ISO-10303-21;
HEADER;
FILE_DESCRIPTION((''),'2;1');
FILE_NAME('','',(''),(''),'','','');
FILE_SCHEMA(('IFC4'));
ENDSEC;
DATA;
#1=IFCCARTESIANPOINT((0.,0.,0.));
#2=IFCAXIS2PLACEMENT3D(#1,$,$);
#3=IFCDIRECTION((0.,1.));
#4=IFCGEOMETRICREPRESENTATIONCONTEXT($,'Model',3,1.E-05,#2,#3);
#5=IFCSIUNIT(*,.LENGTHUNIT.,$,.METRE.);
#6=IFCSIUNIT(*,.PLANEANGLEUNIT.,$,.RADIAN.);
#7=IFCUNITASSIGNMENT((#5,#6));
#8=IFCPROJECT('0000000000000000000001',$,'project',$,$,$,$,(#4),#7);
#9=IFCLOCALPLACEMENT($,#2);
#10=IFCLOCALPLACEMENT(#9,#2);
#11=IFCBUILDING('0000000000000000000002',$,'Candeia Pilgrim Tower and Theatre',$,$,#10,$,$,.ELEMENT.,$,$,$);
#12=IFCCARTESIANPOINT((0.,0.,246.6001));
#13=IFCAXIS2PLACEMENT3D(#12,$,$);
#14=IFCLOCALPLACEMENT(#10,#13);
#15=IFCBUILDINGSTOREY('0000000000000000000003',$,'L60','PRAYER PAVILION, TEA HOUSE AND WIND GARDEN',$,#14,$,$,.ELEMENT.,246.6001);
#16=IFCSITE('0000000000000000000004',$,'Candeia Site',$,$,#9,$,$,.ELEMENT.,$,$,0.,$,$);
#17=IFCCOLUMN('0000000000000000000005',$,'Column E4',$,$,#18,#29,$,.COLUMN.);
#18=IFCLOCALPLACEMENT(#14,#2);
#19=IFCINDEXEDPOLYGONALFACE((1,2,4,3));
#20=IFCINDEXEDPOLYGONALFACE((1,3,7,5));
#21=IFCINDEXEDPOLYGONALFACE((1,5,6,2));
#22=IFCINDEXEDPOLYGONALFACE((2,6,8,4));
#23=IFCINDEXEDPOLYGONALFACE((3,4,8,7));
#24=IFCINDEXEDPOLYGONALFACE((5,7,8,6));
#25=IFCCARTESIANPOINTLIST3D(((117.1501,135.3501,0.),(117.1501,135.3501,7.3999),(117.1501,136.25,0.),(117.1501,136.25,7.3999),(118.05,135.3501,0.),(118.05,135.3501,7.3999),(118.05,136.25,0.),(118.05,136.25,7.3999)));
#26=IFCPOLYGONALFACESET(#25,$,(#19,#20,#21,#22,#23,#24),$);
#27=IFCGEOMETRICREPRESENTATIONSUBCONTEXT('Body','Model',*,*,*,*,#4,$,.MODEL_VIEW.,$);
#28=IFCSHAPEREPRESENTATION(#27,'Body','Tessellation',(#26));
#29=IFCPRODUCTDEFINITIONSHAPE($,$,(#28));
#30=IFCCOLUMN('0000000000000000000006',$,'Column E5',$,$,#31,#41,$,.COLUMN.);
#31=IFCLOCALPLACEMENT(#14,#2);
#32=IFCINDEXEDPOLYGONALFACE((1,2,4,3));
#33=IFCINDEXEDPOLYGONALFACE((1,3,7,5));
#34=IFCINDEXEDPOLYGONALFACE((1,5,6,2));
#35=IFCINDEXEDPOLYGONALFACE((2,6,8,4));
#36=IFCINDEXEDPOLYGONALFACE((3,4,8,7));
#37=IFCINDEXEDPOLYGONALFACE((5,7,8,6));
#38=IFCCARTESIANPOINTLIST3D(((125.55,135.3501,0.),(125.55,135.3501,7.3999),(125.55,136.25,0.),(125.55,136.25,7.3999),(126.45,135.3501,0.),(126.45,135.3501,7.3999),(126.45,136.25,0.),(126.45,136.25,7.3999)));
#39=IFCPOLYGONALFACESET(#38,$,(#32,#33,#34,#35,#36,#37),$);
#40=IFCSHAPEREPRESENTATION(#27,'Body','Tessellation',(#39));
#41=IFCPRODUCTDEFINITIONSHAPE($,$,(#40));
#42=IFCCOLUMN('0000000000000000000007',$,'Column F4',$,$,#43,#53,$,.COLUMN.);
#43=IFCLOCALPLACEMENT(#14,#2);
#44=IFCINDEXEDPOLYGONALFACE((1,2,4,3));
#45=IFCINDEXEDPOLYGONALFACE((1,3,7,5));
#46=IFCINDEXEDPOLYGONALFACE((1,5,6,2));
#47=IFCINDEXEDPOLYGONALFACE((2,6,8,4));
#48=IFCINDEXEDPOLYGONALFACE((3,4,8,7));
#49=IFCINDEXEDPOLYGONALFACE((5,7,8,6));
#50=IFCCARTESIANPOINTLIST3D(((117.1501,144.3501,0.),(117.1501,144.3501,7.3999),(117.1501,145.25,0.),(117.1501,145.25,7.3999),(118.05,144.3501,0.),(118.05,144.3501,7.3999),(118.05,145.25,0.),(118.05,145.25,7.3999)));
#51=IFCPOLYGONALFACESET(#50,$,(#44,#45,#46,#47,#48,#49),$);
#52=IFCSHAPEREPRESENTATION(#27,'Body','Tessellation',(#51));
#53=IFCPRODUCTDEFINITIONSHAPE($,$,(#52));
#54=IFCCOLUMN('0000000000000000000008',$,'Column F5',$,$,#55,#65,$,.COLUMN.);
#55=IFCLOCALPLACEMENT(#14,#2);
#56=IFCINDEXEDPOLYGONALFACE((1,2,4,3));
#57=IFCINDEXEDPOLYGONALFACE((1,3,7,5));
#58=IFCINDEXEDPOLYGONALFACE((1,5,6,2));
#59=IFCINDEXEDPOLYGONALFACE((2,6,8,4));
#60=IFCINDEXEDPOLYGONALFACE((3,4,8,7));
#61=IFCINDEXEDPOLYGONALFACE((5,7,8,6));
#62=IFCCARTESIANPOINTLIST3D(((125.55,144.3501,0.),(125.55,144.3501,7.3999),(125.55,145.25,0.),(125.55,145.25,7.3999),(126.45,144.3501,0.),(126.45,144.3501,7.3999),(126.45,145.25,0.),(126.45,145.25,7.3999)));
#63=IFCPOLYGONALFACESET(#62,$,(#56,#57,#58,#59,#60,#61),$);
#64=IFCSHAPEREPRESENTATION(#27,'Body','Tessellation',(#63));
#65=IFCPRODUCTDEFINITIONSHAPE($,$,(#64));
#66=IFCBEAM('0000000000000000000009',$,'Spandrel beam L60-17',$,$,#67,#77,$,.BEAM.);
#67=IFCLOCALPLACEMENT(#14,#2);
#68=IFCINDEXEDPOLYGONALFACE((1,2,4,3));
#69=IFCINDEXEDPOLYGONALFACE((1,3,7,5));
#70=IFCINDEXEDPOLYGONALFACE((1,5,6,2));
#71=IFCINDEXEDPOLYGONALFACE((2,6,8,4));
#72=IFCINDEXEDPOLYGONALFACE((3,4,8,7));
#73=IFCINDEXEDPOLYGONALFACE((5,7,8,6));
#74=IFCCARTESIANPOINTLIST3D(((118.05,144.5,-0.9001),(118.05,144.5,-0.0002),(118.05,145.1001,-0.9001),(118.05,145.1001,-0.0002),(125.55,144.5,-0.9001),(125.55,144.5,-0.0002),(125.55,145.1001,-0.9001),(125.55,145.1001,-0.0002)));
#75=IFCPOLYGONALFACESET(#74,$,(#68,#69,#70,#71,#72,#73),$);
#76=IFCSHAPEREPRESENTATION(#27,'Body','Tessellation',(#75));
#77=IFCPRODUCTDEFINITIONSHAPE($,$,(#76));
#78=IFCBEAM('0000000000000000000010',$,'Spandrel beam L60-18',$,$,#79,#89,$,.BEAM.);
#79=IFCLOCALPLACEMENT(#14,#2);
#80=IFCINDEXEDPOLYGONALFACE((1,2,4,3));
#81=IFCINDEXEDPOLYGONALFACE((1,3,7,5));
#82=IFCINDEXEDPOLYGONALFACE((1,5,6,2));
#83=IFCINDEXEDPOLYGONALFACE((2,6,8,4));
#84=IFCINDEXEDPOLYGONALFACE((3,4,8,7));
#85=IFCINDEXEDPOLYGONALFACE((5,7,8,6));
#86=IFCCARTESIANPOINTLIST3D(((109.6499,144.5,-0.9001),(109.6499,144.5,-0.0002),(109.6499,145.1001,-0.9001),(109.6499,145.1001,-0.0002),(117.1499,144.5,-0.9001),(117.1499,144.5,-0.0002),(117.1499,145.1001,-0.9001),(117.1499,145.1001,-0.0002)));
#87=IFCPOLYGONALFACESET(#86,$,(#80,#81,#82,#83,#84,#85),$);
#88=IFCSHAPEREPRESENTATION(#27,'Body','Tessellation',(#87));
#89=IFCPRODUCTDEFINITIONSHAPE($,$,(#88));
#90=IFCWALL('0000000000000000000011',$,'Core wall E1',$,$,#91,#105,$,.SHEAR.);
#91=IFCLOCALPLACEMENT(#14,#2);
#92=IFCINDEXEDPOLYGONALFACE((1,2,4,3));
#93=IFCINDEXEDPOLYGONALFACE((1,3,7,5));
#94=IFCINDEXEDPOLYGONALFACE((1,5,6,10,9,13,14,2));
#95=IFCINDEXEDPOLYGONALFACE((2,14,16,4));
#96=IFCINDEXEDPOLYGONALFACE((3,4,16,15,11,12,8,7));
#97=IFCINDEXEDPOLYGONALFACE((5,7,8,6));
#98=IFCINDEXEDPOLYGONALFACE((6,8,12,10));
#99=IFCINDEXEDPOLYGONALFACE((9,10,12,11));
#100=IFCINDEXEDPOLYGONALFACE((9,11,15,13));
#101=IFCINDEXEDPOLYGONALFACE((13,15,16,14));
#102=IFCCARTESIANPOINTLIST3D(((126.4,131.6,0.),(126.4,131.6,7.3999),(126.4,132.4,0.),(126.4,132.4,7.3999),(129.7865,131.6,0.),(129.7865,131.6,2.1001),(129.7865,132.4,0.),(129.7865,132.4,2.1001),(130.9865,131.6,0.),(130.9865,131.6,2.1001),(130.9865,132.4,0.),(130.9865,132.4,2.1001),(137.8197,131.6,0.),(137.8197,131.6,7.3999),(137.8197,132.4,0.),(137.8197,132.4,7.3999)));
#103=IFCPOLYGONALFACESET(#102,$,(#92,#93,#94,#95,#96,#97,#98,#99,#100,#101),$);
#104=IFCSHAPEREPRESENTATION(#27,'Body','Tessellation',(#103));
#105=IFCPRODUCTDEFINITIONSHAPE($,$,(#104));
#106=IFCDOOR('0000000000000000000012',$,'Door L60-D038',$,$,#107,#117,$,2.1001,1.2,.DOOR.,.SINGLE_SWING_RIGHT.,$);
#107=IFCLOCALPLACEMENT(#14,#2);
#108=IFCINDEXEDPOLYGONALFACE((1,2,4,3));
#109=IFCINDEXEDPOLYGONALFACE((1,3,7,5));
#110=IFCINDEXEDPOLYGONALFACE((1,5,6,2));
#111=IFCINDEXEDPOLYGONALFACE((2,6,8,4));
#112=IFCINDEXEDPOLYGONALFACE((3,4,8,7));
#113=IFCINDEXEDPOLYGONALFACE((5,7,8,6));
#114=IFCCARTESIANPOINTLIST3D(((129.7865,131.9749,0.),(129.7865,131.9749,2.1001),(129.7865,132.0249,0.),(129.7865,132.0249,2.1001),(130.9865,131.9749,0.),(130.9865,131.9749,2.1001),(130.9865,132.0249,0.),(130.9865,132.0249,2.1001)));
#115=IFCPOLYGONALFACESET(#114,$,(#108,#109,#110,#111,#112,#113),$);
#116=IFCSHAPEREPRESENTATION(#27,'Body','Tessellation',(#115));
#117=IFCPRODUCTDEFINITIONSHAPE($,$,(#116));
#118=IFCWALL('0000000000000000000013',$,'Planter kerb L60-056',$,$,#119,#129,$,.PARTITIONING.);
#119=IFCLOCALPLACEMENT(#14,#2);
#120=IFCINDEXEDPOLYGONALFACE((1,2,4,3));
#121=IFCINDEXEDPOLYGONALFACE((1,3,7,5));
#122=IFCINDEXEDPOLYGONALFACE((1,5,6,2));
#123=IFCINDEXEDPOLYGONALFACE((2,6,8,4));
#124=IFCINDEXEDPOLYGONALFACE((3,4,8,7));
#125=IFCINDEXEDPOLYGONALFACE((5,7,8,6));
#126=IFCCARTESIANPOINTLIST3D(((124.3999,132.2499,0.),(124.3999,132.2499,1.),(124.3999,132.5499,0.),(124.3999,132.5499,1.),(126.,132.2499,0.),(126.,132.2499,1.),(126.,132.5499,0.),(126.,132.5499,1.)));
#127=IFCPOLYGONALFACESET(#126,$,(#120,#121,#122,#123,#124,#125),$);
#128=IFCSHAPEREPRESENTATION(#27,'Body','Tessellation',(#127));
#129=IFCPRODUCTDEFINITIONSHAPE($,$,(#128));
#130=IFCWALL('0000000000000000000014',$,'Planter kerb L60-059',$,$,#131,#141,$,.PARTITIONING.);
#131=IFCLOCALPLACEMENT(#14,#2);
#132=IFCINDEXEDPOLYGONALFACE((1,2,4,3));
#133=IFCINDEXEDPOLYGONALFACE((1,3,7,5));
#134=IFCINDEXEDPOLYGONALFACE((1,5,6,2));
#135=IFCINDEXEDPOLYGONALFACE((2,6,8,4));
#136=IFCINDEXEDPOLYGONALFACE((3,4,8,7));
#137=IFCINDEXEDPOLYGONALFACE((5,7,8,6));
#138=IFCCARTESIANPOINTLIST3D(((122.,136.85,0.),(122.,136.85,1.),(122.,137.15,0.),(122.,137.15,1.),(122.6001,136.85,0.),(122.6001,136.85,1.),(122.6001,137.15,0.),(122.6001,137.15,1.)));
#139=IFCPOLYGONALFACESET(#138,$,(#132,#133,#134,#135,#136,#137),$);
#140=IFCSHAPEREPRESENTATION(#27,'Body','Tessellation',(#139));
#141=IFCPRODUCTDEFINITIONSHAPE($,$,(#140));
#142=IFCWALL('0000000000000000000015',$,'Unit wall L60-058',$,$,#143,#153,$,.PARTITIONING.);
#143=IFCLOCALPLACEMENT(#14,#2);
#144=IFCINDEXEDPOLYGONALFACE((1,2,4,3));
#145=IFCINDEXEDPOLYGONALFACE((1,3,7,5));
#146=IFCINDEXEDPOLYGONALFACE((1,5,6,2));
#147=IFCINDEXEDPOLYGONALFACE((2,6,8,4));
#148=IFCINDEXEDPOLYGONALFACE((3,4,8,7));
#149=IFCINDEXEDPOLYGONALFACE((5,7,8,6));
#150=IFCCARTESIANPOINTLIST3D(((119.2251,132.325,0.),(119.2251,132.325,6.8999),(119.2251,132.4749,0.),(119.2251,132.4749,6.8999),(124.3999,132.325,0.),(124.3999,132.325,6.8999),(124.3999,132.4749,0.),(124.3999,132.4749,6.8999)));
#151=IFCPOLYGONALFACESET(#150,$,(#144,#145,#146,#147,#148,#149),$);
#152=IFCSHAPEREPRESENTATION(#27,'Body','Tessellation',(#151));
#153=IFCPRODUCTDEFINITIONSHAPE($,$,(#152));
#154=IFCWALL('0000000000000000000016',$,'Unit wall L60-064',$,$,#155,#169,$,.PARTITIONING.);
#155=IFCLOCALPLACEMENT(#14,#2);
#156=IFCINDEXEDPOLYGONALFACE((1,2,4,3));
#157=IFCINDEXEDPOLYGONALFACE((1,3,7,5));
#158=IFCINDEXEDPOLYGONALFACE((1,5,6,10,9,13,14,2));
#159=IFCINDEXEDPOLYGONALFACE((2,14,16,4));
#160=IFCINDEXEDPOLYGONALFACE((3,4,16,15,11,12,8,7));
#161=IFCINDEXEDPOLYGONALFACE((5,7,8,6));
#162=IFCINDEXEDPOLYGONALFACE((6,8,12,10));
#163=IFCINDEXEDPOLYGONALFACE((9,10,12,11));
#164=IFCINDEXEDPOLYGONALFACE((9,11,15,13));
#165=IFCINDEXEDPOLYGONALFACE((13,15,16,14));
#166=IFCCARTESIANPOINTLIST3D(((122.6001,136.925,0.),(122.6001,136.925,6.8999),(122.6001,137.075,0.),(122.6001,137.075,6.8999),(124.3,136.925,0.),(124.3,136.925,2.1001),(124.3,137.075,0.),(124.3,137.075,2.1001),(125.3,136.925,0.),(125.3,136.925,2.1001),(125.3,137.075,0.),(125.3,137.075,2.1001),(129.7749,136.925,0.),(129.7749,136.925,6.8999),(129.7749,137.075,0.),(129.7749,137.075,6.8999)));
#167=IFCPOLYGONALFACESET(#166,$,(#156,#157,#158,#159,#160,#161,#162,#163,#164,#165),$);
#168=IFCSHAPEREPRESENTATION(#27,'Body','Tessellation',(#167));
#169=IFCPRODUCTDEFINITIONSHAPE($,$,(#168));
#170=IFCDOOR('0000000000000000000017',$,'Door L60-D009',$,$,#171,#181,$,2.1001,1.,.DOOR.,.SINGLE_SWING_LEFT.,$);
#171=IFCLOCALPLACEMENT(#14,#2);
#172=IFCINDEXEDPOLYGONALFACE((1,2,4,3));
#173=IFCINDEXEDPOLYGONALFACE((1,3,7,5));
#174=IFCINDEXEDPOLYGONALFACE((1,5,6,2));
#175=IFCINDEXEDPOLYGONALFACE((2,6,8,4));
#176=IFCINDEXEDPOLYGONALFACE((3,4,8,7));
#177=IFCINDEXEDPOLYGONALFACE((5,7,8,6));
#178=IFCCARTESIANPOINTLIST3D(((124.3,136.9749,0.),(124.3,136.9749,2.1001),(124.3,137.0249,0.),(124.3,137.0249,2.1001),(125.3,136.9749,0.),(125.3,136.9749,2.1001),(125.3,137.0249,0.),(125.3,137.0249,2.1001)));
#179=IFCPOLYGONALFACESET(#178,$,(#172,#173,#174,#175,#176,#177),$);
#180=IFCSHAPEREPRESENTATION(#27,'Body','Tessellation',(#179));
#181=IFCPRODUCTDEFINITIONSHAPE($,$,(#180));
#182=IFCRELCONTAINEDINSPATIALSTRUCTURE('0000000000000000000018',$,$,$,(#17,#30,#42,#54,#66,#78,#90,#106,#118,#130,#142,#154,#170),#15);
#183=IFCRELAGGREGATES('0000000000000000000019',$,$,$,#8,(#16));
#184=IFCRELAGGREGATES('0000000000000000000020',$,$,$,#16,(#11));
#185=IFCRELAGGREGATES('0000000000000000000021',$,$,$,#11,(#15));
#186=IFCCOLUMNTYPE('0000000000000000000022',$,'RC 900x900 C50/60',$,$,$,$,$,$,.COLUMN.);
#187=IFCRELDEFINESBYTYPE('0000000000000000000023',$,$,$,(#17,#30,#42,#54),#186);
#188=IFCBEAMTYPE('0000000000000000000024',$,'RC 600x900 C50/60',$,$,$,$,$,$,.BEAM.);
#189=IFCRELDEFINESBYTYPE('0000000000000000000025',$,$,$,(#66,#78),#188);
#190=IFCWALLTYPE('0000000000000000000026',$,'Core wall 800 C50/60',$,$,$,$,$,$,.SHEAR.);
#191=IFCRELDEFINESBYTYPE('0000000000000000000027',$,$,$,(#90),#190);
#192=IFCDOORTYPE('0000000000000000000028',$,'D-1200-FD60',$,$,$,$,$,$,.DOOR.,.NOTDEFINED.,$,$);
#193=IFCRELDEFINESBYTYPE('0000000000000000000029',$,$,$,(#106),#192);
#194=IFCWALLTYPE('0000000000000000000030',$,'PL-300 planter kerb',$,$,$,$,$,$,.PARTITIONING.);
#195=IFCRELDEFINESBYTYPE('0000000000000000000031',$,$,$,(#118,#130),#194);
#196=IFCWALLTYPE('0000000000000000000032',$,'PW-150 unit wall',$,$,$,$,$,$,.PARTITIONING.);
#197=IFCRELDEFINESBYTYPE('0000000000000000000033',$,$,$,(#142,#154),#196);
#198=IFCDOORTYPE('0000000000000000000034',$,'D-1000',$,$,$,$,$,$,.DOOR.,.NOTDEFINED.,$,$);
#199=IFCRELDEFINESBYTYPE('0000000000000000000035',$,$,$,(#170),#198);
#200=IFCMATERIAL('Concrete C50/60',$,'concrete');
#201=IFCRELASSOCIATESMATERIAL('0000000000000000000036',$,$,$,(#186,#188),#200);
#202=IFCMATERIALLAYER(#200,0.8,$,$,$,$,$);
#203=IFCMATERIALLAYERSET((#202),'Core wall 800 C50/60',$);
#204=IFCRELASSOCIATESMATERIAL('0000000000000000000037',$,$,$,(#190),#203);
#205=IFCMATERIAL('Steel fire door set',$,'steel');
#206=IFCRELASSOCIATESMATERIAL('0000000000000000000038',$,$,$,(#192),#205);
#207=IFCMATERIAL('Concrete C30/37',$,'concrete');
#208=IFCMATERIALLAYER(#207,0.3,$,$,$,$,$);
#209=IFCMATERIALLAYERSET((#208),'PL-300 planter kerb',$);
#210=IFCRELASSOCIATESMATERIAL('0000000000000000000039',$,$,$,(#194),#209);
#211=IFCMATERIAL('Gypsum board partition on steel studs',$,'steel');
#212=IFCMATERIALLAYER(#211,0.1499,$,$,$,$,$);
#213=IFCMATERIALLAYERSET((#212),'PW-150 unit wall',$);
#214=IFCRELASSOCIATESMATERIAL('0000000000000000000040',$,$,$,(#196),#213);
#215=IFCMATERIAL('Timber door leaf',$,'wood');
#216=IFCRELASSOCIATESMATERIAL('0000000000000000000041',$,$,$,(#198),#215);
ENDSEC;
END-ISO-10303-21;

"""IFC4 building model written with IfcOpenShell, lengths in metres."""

from ifc_helpers import new_model, si_unit, direction, frame, frame_2d, origin, origin_2d, place, context, subcontext, project, spatial, rectangle, extrude, material, layer, layer_set, material_profile, profile_set, type_object, element, fill, save


model = new_model("IFC4")

# Units and contexts
model_context = context("Model", 3, precision=1e-05, world=origin(), true_north=direction((0.0, 1.0)))
body_context = subcontext(model_context, "Body", "Model", "MODEL_VIEW")
ifc_project = project(units=[si_unit("LENGTHUNIT", "METRE"), si_unit("PLANEANGLEUNIT", "RADIAN")], contexts=[model_context])

# Site, building, storey
site_placement = place(None, origin())
site = spatial("IfcSite", under=ifc_project, at=site_placement, Name="Candeia Site", CompositionType="ELEMENT", RefElevation=0.0)
building_placement = place(site_placement, origin())
building = spatial("IfcBuilding", under=site, at=building_placement, Name="Candeia Pilgrim Tower and Theatre", CompositionType="ELEMENT")
storey_placement = place(building_placement, frame((0.0, 0.0, 246.6001)))
storey = spatial("IfcBuildingStorey", under=building, at=storey_placement, Name="L60", Description="PRAYER PAVILION, TEA HOUSE AND WIND GARDEN", CompositionType="ELEMENT", Elevation=246.6001)

# Columns
ifc_material_1 = material(Name="Concrete C50/60", Category="concrete")
ifc_material_profile_1 = material_profile(ifc_material_1, rectangle(XDim=0.8999, YDim=0.8999, at=origin_2d()))
ifc_profile_set_1 = profile_set([ifc_material_profile_1], Name="Concrete C50/60")
column_type = type_object("IfcColumnType", Name="RC 900x900 C50/60", PredefinedType="COLUMN", material=ifc_profile_set_1)
for number, where, z_axis, x_axis, name in (
    (1, (117.6001, 135.8, 0.0), (0.0, 0.0, 1.0), (1.0, 0.0, 0.0), "Column E4"),
    (2, (126.0, 135.8, 0.0), (0.0, 0.0, 1.0), (1.0, 0.0, 0.0), "Column E5"),
    (3, (117.6001, 144.8, 0.0), (0.0, 0.0, 1.0), (1.0, 0.0, 0.0), "Column F4"),
    (4, (126.0, 144.8, 0.0), (0.0, 0.0, 1.0), (1.0, 0.0, 0.0), "Column F5"),
):
    element("IfcColumn", number, at=place(storey_placement, frame(where, z_axis=z_axis, x_axis=x_axis)), inside=storey, type_object=column_type, Name=name, PredefinedType="COLUMN", context=body_context, shape_type="SweptSolid", body=[
        extrude(rectangle(XDim=0.8999, YDim=0.8999, at=origin_2d()), origin(), (0.0, 0.0, 1.0), 7.3999),
    ])

# Beams
ifc_material_profile_2 = material_profile(ifc_material_1, rectangle(XDim=0.6001, YDim=0.8999, at=origin_2d()))
ifc_profile_set_2 = profile_set([ifc_material_profile_2], Name="Concrete C50/60")
beam_type = type_object("IfcBeamType", Name="RC 600x900 C50/60", PredefinedType="BEAM", material=ifc_profile_set_2)
for number, where, z_axis, x_axis, name in (
    (5, (125.55, 144.8, -0.4502), (-1.0, 0.0, 0.0), (0.0, -1.0, 0.0), "Spandrel beam L60-17"),
    (6, (117.1499, 144.8, -0.4502), (-1.0, 0.0, 0.0), (0.0, -1.0, 0.0), "Spandrel beam L60-18"),
):
    element("IfcBeam", number, at=place(storey_placement, frame(where, z_axis=z_axis, x_axis=x_axis)), inside=storey, type_object=beam_type, Name=name, PredefinedType="BEAM", context=body_context, shape_type="SweptSolid", body=[
        extrude(rectangle(XDim=0.6001, YDim=0.8999, at=origin_2d()), origin(), (0.0, 0.0, 1.0), 7.5),
    ])

# Wall, opening, door
ifc_layer_1 = layer(ifc_material_1, 0.8)
ifc_layer_set_1 = layer_set([ifc_layer_1], Name="Core wall 800 C50/60")
wall_type_1 = type_object("IfcWallType", Name="Core wall 800 C50/60", PredefinedType="SHEAR", material=ifc_layer_set_1)
wall_1_placement = place(storey_placement, frame((126.3999, 132.0, 0.0), z_axis=(0.0, 0.0, 1.0), x_axis=(1.0, 0.0, 0.0)))
wall_1 = element("IfcWall", 7, at=wall_1_placement, inside=storey, type_object=wall_type_1, Name="Core wall E1", PredefinedType="SHEAR", context=body_context, shape_type="SweptSolid", body=[
    extrude(rectangle(XDim=11.4197, YDim=0.8, at=frame_2d((5.71, 0.0))), origin(), (0.0, 0.0, 1.0), 7.3999),
])
opening_1_placement = place(wall_1_placement, frame((3.3865, 0.0, 0.0)))
opening_1 = element("IfcOpeningElement", 8, at=opening_1_placement, cuts=wall_1, PredefinedType="OPENING", context=body_context, shape_type="SweptSolid", body=[
    extrude(rectangle(XDim=1.2, YDim=2.1001, at=frame_2d((0.6001, 1.05))), frame((0.0, 0.4102, 0.0), z_axis=(0.0, -1.0, 0.0), x_axis=(1.0, 0.0, 0.0)), (0.0, 0.0, 1.0), 0.8201),
])
ifc_material_2 = material(Name="Steel fire door set", Category="steel")
door_type_1 = type_object("IfcDoorType", Name="D-1200-FD60", OperationType="NOTDEFINED", PredefinedType="DOOR", material=ifc_material_2)
door_1_placement = place(opening_1_placement, origin())
door_1 = element("IfcDoor", 9, at=door_1_placement, inside=storey, type_object=door_type_1, Name="Door L60-D038", OperationType="SINGLE_SWING_RIGHT", OverallHeight=2.1001, OverallWidth=1.2, PredefinedType="DOOR", context=body_context, shape_type="SweptSolid", body=[
    extrude(rectangle(XDim=1.2, YDim=2.1001, at=frame_2d((0.6001, 1.05))), frame((0.0, 0.0249, 0.0), z_axis=(0.0, -1.0, 0.0), x_axis=(1.0, 0.0, 0.0)), (0.0, 0.0, 1.0), 0.05),
])
fill(opening_1, door_1)

# Walls
ifc_material_3 = material(Name="Concrete C30/37", Category="concrete")
ifc_layer_2 = layer(ifc_material_3, 0.3)
ifc_layer_set_2 = layer_set([ifc_layer_2], Name="PL-300 planter kerb")
wall_type_2 = type_object("IfcWallType", Name="PL-300 planter kerb", PredefinedType="PARTITIONING", material=ifc_layer_set_2)
wall_2_placement = place(storey_placement, frame((124.3999, 132.3999, 0.0), z_axis=(0.0, 0.0, 1.0), x_axis=(1.0, 0.0, 0.0)))
element("IfcWall", 10, at=wall_2_placement, inside=storey, type_object=wall_type_2, Name="Planter kerb L60-056", PredefinedType="PARTITIONING", context=body_context, shape_type="SweptSolid", body=[
    extrude(rectangle(XDim=1.6001, YDim=0.3, at=frame_2d((0.8, 0.0))), origin(), (0.0, 0.0, 1.0), 1.0),
])
wall_3_placement = place(storey_placement, frame((122.0, 137.0, 0.0), z_axis=(0.0, 0.0, 1.0), x_axis=(1.0, 0.0, 0.0)))
element("IfcWall", 11, at=wall_3_placement, inside=storey, type_object=wall_type_2, Name="Planter kerb L60-059", PredefinedType="PARTITIONING", context=body_context, shape_type="SweptSolid", body=[
    extrude(rectangle(XDim=0.6001, YDim=0.3, at=frame_2d((0.3, 0.0))), origin(), (0.0, 0.0, 1.0), 1.0),
])
ifc_material_4 = material(Name="Gypsum board partition on steel studs", Category="steel")
ifc_layer_3 = layer(ifc_material_4, 0.1499)
ifc_layer_set_3 = layer_set([ifc_layer_3], Name="PW-150 unit wall")
wall_type_3 = type_object("IfcWallType", Name="PW-150 unit wall", PredefinedType="PARTITIONING", material=ifc_layer_set_3)
wall_4_placement = place(storey_placement, frame((119.2251, 132.3999, 0.0), z_axis=(0.0, 0.0, 1.0), x_axis=(1.0, 0.0, 0.0)))
element("IfcWall", 12, at=wall_4_placement, inside=storey, type_object=wall_type_3, Name="Unit wall L60-058", PredefinedType="PARTITIONING", context=body_context, shape_type="SweptSolid", body=[
    extrude(rectangle(XDim=5.1748, YDim=0.1499, at=frame_2d((2.5874, 0.0))), origin(), (0.0, 0.0, 1.0), 6.8999),
])

# Wall, opening, door
wall_5_placement = place(storey_placement, frame((122.6001, 137.0, 0.0), z_axis=(0.0, 0.0, 1.0), x_axis=(1.0, 0.0, 0.0)))
wall_5 = element("IfcWall", 13, at=wall_5_placement, inside=storey, type_object=wall_type_3, Name="Unit wall L60-064", PredefinedType="PARTITIONING", context=body_context, shape_type="SweptSolid", body=[
    extrude(rectangle(XDim=7.1748, YDim=0.1499, at=frame_2d((3.5874, 0.0))), origin(), (0.0, 0.0, 1.0), 6.8999),
])
opening_2_placement = place(wall_5_placement, frame((1.7, 0.0, 0.0)))
opening_2 = element("IfcOpeningElement", 14, at=opening_2_placement, cuts=wall_5, PredefinedType="OPENING", context=body_context, shape_type="SweptSolid", body=[
    extrude(rectangle(XDim=1.0, YDim=2.1001, at=frame_2d((0.5, 1.05))), frame((0.0, 0.085, 0.0), z_axis=(0.0, -1.0, 0.0), x_axis=(1.0, 0.0, 0.0)), (0.0, 0.0, 1.0), 0.1699),
])
ifc_material_5 = material(Name="Timber door leaf", Category="wood")
door_type_2 = type_object("IfcDoorType", Name="D-1000", OperationType="NOTDEFINED", PredefinedType="DOOR", material=ifc_material_5)
door_2_placement = place(opening_2_placement, origin())
door_2 = element("IfcDoor", 15, at=door_2_placement, inside=storey, type_object=door_type_2, Name="Door L60-D009", OperationType="SINGLE_SWING_LEFT", OverallHeight=2.1001, OverallWidth=1.0, PredefinedType="DOOR", context=body_context, shape_type="SweptSolid", body=[
    extrude(rectangle(XDim=1.0, YDim=2.1001, at=frame_2d((0.5, 1.05))), frame((0.0, 0.0249, 0.0), z_axis=(0.0, -1.0, 0.0), x_axis=(1.0, 0.0, 0.0)), (0.0, 0.0, 1.0), 0.05),
])
fill(opening_2, door_2)

save(model, "model.ifc")
